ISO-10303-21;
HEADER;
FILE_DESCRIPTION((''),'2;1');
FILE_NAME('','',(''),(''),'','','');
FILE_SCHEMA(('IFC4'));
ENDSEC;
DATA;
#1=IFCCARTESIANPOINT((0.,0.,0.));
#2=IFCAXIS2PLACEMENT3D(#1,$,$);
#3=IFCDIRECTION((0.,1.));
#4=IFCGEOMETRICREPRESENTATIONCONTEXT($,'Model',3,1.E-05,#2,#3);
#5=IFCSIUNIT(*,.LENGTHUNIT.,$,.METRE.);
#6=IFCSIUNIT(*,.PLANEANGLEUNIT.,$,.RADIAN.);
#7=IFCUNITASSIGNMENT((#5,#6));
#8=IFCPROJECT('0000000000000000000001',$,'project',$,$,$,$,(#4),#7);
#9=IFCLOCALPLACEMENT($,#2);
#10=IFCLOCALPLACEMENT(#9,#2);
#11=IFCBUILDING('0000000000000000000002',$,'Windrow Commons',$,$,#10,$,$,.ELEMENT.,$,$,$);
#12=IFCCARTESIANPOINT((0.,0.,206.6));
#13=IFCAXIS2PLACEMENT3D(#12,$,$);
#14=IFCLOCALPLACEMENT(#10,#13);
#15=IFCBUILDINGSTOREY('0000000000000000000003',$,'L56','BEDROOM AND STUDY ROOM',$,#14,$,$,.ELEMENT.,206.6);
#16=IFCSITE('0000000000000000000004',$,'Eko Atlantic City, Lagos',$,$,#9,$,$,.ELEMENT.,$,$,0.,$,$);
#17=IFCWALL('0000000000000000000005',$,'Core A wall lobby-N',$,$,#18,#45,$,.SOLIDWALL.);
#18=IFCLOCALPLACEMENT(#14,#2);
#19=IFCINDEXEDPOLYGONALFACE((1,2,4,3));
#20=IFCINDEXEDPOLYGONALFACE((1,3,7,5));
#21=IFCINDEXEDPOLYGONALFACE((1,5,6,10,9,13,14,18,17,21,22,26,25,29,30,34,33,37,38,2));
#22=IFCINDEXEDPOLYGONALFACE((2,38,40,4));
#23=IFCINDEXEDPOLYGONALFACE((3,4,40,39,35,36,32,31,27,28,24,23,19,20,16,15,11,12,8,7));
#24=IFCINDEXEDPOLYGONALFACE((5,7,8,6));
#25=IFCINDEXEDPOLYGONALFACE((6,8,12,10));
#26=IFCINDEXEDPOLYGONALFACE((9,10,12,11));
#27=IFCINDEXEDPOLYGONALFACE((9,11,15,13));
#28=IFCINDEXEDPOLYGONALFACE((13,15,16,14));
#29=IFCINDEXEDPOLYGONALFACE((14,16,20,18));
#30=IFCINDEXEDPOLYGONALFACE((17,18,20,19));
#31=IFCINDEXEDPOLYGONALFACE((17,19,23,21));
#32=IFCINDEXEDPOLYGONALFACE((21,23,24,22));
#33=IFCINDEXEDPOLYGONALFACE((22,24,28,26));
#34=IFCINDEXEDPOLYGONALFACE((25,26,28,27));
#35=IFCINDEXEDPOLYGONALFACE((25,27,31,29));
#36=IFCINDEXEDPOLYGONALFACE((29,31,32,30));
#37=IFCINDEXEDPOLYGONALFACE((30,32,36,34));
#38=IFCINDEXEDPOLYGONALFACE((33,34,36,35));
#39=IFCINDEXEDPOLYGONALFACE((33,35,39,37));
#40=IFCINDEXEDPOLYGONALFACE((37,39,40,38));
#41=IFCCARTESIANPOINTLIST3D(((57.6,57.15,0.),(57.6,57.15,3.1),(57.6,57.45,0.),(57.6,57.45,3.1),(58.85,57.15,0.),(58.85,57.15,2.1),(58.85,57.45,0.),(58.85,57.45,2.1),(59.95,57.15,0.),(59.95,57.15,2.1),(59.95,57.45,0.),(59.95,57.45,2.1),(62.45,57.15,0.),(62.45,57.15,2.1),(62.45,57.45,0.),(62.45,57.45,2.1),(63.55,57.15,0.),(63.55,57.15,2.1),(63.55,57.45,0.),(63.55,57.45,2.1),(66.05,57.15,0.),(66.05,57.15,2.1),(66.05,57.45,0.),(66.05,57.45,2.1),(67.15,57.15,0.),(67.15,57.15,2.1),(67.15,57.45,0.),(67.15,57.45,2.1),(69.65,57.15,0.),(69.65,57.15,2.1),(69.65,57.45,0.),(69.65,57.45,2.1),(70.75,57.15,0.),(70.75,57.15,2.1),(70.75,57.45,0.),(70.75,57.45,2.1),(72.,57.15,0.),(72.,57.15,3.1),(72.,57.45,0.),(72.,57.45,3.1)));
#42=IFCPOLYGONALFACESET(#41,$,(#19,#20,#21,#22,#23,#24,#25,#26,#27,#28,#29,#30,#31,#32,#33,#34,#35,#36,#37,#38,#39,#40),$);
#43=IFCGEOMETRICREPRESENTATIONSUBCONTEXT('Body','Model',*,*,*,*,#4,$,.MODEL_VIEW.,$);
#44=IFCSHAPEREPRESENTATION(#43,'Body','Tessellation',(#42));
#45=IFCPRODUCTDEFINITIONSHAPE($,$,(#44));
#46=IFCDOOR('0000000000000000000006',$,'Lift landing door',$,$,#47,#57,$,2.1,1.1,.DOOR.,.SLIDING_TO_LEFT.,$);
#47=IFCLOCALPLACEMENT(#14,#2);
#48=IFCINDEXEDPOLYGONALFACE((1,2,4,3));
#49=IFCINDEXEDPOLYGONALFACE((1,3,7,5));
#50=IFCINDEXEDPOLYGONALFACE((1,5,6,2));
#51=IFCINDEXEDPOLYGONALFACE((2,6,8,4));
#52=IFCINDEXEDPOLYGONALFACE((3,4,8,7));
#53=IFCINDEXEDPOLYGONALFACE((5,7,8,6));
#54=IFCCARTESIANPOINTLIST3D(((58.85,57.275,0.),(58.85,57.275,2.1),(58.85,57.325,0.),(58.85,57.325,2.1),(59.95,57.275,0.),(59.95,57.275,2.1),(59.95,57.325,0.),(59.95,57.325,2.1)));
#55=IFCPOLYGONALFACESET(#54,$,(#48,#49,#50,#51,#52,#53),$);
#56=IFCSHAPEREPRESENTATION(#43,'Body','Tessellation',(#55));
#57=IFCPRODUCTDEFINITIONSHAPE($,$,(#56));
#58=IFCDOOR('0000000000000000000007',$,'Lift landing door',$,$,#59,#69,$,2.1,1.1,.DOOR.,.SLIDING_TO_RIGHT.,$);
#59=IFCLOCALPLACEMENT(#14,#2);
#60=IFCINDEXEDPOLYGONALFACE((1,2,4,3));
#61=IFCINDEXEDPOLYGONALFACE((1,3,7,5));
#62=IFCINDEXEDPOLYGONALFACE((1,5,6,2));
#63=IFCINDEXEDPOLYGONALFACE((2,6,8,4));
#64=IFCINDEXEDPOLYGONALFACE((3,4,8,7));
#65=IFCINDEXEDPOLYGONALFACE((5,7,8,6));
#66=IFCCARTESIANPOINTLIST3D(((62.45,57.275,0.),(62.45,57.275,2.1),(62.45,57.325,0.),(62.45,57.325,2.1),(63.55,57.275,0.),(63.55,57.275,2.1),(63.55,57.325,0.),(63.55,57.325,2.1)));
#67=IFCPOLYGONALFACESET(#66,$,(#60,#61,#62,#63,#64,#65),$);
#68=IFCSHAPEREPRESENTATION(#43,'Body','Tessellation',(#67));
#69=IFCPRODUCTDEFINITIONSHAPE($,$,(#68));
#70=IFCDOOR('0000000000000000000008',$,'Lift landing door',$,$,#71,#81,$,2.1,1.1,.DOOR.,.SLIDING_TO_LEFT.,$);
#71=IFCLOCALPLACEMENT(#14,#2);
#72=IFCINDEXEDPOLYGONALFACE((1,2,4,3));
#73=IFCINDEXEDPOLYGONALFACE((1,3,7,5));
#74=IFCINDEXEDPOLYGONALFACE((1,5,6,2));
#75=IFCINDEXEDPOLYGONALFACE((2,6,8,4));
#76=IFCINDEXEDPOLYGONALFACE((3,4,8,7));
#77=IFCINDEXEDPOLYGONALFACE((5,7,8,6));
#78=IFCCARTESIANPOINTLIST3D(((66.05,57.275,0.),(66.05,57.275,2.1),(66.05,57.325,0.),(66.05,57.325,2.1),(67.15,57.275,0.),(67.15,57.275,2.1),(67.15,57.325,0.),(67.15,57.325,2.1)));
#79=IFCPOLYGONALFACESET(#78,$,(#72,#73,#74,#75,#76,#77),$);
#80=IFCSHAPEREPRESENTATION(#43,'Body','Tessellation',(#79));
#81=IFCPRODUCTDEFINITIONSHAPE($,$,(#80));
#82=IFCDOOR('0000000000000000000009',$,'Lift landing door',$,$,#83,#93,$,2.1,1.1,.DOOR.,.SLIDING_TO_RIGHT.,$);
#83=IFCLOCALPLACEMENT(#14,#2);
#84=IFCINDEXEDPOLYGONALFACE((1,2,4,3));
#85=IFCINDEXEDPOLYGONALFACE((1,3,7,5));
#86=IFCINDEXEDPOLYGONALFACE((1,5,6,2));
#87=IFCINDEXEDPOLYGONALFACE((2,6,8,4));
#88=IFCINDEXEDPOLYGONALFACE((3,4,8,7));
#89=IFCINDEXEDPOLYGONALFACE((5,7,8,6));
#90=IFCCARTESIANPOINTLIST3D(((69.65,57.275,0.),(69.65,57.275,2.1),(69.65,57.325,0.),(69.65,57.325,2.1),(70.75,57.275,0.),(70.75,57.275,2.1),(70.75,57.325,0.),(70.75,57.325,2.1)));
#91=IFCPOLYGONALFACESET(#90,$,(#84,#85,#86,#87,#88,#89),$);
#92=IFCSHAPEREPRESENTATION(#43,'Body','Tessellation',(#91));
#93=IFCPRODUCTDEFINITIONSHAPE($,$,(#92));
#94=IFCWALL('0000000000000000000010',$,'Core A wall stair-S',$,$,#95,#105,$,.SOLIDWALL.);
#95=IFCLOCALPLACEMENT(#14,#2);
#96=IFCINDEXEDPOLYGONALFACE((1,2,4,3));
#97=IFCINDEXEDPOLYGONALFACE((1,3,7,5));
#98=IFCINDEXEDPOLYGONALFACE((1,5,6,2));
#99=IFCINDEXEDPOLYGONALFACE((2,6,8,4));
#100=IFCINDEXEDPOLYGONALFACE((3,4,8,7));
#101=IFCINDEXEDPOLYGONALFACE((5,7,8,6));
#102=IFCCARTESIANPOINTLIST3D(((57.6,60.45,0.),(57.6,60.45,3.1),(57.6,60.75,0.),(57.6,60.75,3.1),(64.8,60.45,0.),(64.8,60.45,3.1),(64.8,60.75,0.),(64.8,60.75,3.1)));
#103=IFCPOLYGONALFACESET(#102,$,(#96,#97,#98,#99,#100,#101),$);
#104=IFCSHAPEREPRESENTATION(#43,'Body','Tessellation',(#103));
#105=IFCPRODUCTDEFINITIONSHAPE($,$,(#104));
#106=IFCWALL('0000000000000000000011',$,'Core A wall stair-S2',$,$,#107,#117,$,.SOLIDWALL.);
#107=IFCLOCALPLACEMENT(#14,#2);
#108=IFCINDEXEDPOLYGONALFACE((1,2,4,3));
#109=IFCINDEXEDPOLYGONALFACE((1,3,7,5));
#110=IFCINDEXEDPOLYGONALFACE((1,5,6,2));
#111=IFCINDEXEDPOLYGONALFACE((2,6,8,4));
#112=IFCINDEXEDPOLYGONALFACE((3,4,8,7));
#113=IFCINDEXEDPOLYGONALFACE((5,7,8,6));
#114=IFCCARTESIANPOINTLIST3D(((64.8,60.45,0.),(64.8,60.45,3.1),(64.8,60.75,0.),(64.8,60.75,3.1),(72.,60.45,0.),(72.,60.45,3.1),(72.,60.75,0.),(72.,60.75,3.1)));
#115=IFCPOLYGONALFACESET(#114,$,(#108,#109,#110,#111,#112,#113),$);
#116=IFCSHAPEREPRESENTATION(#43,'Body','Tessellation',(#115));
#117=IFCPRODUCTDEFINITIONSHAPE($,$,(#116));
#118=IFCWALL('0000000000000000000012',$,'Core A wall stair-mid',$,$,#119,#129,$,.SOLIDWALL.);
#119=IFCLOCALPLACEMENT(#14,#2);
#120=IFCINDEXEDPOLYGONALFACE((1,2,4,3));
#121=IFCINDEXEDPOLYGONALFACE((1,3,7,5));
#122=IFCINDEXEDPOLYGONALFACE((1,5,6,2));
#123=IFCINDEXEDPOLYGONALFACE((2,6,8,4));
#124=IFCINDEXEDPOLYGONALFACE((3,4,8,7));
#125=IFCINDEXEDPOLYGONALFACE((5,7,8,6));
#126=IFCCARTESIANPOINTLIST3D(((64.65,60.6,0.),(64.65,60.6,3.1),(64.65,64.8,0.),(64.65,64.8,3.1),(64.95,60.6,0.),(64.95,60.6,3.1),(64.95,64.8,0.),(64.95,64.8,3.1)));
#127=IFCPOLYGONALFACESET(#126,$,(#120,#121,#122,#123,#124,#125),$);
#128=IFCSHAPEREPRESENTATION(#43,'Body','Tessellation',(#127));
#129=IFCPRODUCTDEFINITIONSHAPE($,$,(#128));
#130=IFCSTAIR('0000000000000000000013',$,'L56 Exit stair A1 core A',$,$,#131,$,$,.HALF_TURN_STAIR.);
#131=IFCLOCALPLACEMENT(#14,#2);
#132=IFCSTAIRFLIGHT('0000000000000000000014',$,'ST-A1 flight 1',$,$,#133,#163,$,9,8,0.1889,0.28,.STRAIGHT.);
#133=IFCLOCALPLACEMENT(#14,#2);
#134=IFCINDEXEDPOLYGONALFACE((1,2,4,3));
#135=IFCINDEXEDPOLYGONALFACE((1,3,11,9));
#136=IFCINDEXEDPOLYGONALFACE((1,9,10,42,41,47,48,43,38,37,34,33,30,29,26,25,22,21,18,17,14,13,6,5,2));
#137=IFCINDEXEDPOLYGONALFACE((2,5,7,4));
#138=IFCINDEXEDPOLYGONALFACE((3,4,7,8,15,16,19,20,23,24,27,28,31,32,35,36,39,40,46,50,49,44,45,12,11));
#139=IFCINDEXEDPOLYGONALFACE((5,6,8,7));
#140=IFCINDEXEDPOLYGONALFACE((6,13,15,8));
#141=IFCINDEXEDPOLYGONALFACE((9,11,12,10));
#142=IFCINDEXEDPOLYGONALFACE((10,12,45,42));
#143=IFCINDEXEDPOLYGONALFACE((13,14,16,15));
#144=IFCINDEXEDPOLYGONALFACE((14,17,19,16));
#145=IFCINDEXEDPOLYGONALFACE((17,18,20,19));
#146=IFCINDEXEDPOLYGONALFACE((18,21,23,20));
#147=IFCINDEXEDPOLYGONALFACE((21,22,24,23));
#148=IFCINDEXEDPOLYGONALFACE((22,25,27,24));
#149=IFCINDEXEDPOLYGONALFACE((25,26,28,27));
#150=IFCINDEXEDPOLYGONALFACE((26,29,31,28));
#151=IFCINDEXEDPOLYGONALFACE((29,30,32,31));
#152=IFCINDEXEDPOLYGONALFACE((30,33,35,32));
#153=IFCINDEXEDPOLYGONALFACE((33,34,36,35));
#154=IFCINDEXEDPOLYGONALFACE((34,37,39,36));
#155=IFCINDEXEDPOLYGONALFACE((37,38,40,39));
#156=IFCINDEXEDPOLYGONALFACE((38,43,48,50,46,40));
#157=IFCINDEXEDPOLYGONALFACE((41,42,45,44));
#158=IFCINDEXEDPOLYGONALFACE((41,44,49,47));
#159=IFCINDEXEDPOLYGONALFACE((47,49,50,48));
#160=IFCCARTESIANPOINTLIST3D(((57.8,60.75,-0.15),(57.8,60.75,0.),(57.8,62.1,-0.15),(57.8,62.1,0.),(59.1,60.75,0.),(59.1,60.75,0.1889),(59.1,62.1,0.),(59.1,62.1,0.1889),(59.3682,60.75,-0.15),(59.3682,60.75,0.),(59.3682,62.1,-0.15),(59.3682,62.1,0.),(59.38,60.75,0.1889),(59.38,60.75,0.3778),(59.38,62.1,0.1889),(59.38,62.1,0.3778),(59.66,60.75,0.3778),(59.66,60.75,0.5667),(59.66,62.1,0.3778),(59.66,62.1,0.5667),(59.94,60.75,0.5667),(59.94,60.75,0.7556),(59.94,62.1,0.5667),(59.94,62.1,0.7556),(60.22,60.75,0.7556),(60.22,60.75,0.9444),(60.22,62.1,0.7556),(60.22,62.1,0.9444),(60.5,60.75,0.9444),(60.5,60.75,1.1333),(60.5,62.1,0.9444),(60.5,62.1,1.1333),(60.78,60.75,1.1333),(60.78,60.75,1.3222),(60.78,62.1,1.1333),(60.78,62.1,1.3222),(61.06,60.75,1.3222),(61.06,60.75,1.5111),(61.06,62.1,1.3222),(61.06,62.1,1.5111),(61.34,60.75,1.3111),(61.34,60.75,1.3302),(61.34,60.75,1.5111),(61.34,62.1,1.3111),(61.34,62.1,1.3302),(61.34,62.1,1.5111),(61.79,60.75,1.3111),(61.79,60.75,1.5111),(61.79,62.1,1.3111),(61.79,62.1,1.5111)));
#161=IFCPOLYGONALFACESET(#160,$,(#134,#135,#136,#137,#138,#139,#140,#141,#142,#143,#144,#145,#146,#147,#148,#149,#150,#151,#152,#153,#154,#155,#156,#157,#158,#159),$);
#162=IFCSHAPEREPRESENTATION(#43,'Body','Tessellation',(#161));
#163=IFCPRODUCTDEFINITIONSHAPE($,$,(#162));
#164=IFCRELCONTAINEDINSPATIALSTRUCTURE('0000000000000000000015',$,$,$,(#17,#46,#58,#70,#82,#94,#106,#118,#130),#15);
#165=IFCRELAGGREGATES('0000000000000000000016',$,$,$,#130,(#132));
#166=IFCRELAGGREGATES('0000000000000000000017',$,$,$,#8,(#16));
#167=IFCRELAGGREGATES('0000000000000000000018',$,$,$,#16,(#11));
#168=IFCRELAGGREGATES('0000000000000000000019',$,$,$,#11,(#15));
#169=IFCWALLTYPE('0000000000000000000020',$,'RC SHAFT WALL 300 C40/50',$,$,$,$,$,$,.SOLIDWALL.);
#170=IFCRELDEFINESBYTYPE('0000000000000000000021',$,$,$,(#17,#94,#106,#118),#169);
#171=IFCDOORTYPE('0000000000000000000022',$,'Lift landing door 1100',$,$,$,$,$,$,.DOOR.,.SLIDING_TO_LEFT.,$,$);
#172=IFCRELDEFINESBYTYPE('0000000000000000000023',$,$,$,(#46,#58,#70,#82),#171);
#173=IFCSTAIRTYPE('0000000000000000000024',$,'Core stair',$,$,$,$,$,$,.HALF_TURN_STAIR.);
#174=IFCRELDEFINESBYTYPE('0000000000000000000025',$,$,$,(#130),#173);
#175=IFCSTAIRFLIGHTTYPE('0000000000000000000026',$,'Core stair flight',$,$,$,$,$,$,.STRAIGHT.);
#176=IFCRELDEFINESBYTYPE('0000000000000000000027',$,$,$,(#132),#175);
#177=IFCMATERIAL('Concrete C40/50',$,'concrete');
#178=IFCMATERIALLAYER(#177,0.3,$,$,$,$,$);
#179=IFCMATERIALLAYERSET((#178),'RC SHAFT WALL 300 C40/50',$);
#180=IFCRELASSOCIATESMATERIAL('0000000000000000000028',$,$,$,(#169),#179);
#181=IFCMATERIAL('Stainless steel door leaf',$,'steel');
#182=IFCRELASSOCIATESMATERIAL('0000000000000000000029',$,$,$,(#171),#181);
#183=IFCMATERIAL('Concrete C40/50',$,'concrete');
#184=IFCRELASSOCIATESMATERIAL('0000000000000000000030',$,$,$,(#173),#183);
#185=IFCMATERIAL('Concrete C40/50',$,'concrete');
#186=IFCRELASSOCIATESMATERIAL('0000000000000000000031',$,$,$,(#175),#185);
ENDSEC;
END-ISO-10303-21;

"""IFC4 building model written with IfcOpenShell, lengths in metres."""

from ifc_helpers import new_model, si_unit, direction, frame, frame_2d, origin, place, context, subcontext, project, spatial, polyline, rectangle, outline, extrude, material, layer, layer_set, type_object, element, fill, aggregate, save


model = new_model("IFC4")

# Units and contexts
model_context = context("Model", 3, precision=1e-05, world=origin(), true_north=direction((0.0, 1.0)))
body_context = subcontext(model_context, "Body", "Model", "MODEL_VIEW")
ifc_project = project(units=[si_unit("LENGTHUNIT", "METRE"), si_unit("PLANEANGLEUNIT", "RADIAN")], contexts=[model_context])

# Site, building, storey
site_placement = place(None, origin())
site = spatial("IfcSite", under=ifc_project, at=site_placement, Name="Eko Atlantic City, Lagos", CompositionType="ELEMENT", RefElevation=0.0)
building_placement = place(site_placement, origin())
building = spatial("IfcBuilding", under=site, at=building_placement, Name="Windrow Commons", CompositionType="ELEMENT")
storey_placement = place(building_placement, frame((0.0, 0.0, 206.6)))
storey = spatial("IfcBuildingStorey", under=building, at=storey_placement, Name="L56", Description="BEDROOM AND STUDY ROOM", CompositionType="ELEMENT", Elevation=206.6)

# Shared definitions
ifc_material_1 = material(Name="Concrete C40/50", Category="concrete")
ifc_layer_1 = layer(ifc_material_1, 0.3)
ifc_layer_set_1 = layer_set([ifc_layer_1], Name="RC SHAFT WALL 300 C40/50")
wall_type_1 = type_object("IfcWallType", Name="RC SHAFT WALL 300 C40/50", PredefinedType="SOLIDWALL", material=ifc_layer_set_1)

# Wall, openings, doors
ifc_material_2 = material(Name="Stainless steel door leaf", Category="steel")
door_type_1 = type_object("IfcDoorType", Name="Lift landing door 1100", OperationType="SLIDING_TO_LEFT", PredefinedType="DOOR", material=ifc_material_2)
wall_1_placement = place(storey_placement, frame((57.6, 57.3, 0.0), z_axis=(0.0, 0.0, 1.0), x_axis=(1.0, 0.0, 0.0)))
wall_1 = element("IfcWall", 1, at=wall_1_placement, inside=storey, type_object=wall_type_1, Name="Core A wall lobby-N", PredefinedType="SOLIDWALL", context=body_context, shape_type="SweptSolid", body=[
    extrude(rectangle(XDim=14.4, YDim=0.3, at=frame_2d((7.2, 0.0))), origin(), (0.0, 0.0, 1.0), 3.1),
])
opening_1_placement = place(wall_1_placement, frame((1.25, 0.0, 0.0)))
opening_1 = element("IfcOpeningElement", 2, at=opening_1_placement, cuts=wall_1, PredefinedType="OPENING", context=body_context, shape_type="SweptSolid", body=[
    extrude(rectangle(XDim=1.1, YDim=2.1, at=frame_2d((0.55, 1.05))), frame((0.0, 0.16, 0.0), z_axis=(0.0, -1.0, 0.0), x_axis=(1.0, 0.0, 0.0)), (0.0, 0.0, 1.0), 0.32),
])
opening_2_placement = place(wall_1_placement, frame((4.85, 0.0, 0.0)))
opening_2 = element("IfcOpeningElement", 3, at=opening_2_placement, cuts=wall_1, PredefinedType="OPENING", context=body_context, shape_type="SweptSolid", body=[
    extrude(rectangle(XDim=1.1, YDim=2.1, at=frame_2d((0.55, 1.05))), frame((0.0, 0.16, 0.0), z_axis=(0.0, -1.0, 0.0), x_axis=(1.0, 0.0, 0.0)), (0.0, 0.0, 1.0), 0.32),
])
opening_3_placement = place(wall_1_placement, frame((8.45, 0.0, 0.0)))
opening_3 = element("IfcOpeningElement", 4, at=opening_3_placement, cuts=wall_1, PredefinedType="OPENING", context=body_context, shape_type="SweptSolid", body=[
    extrude(rectangle(XDim=1.1, YDim=2.1, at=frame_2d((0.55, 1.05))), frame((0.0, 0.16, 0.0), z_axis=(0.0, -1.0, 0.0), x_axis=(1.0, 0.0, 0.0)), (0.0, 0.0, 1.0), 0.32),
])
opening_4_placement = place(wall_1_placement, frame((12.05, 0.0, 0.0)))
opening_4 = element("IfcOpeningElement", 5, at=opening_4_placement, cuts=wall_1, PredefinedType="OPENING", context=body_context, shape_type="SweptSolid", body=[
    extrude(rectangle(XDim=1.1, YDim=2.1, at=frame_2d((0.55, 1.05))), frame((0.0, 0.16, 0.0), z_axis=(0.0, -1.0, 0.0), x_axis=(1.0, 0.0, 0.0)), (0.0, 0.0, 1.0), 0.32),
])
door_1_placement = place(opening_1_placement, origin())
door_1 = element("IfcDoor", 6, at=door_1_placement, inside=storey, type_object=door_type_1, Name="Lift landing door", OperationType="SLIDING_TO_LEFT", OverallHeight=2.1, OverallWidth=1.1, PredefinedType="DOOR", context=body_context, shape_type="SweptSolid", body=[
    extrude(rectangle(XDim=1.1, YDim=2.1, at=frame_2d((0.55, 1.05))), frame((0.0, 0.025, 0.0), z_axis=(0.0, -1.0, 0.0), x_axis=(1.0, 0.0, 0.0)), (0.0, 0.0, 1.0), 0.05),
])
fill(opening_1, door_1)
door_2_placement = place(opening_2_placement, origin())
door_2 = element("IfcDoor", 7, at=door_2_placement, inside=storey, type_object=door_type_1, Name="Lift landing door", OperationType="SLIDING_TO_RIGHT", OverallHeight=2.1, OverallWidth=1.1, PredefinedType="DOOR", context=body_context, shape_type="SweptSolid", body=[
    extrude(rectangle(XDim=1.1, YDim=2.1, at=frame_2d((0.55, 1.05))), frame((0.0, 0.025, 0.0), z_axis=(0.0, -1.0, 0.0), x_axis=(1.0, 0.0, 0.0)), (0.0, 0.0, 1.0), 0.05),
])
fill(opening_2, door_2)
door_3_placement = place(opening_3_placement, origin())
door_3 = element("IfcDoor", 8, at=door_3_placement, inside=storey, type_object=door_type_1, Name="Lift landing door", OperationType="SLIDING_TO_LEFT", OverallHeight=2.1, OverallWidth=1.1, PredefinedType="DOOR", context=body_context, shape_type="SweptSolid", body=[
    extrude(rectangle(XDim=1.1, YDim=2.1, at=frame_2d((0.55, 1.05))), frame((0.0, 0.025, 0.0), z_axis=(0.0, -1.0, 0.0), x_axis=(1.0, 0.0, 0.0)), (0.0, 0.0, 1.0), 0.05),
])
fill(opening_3, door_3)
door_4_placement = place(opening_4_placement, origin())
door_4 = element("IfcDoor", 9, at=door_4_placement, inside=storey, type_object=door_type_1, Name="Lift landing door", OperationType="SLIDING_TO_RIGHT", OverallHeight=2.1, OverallWidth=1.1, PredefinedType="DOOR", context=body_context, shape_type="SweptSolid", body=[
    extrude(rectangle(XDim=1.1, YDim=2.1, at=frame_2d((0.55, 1.05))), frame((0.0, 0.025, 0.0), z_axis=(0.0, -1.0, 0.0), x_axis=(1.0, 0.0, 0.0)), (0.0, 0.0, 1.0), 0.05),
])
fill(opening_4, door_4)

# Walls
for number, where, z_axis, x_axis, name in (
    (10, (57.6, 60.6, 0.0), (0.0, 0.0, 1.0), (1.0, 0.0, 0.0), "Core A wall stair-S"),
    (11, (64.8, 60.6, 0.0), (0.0, 0.0, 1.0), (1.0, 0.0, 0.0), "Core A wall stair-S2"),
):
    element("IfcWall", number, at=place(storey_placement, frame(where, z_axis=z_axis, x_axis=x_axis)), inside=storey, type_object=wall_type_1, Name=name, PredefinedType="SOLIDWALL", context=body_context, shape_type="SweptSolid", body=[
        extrude(rectangle(XDim=7.2, YDim=0.3, at=frame_2d((3.6, 0.0))), origin(), (0.0, 0.0, 1.0), 3.1),
    ])
wall_2_placement = place(storey_placement, frame((64.8, 60.6, 0.0), z_axis=(0.0, 0.0, 1.0), x_axis=(0.0, 1.0, 0.0)))
element("IfcWall", 12, at=wall_2_placement, inside=storey, type_object=wall_type_1, Name="Core A wall stair-mid", PredefinedType="SOLIDWALL", context=body_context, shape_type="SweptSolid", body=[
    extrude(rectangle(XDim=4.2, YDim=0.3, at=frame_2d((2.1, 0.0))), origin(), (0.0, 0.0, 1.0), 3.1),
])

# Stair, stair flight
ifc_material_3 = material(Name="Concrete C40/50", Category="concrete")
stair_type = type_object("IfcStairType", Name="Core stair", PredefinedType="HALF_TURN_STAIR", material=ifc_material_3)
stair_placement = place(storey_placement, origin())
stair = element("IfcStair", 13, at=stair_placement, inside=storey, type_object=stair_type, Name="L56 Exit stair A1 core A", PredefinedType="HALF_TURN_STAIR")
ifc_material_4 = material(Name="Concrete C40/50", Category="concrete")
stair_flight_type = type_object("IfcStairFlightType", Name="Core stair flight", PredefinedType="STRAIGHT", material=ifc_material_4)
stair_flight_placement = place(storey_placement, frame((59.1, 61.425, 0.0), z_axis=(0.0, 0.0, 1.0), x_axis=(1.0, 0.0, 0.0)))
stair_flight = element("IfcStairFlight", 14, at=stair_flight_placement, type_object=stair_flight_type, Name="ST-A1 flight 1", NumberOfRisers=9, NumberOfTreads=8, PredefinedType="STRAIGHT", RiserHeight=0.1889, TreadLength=0.28, context=body_context, shape_type="SweptSolid", body=[
    extrude(outline(polyline([(-1.3, -0.15), (-1.3, 0.0), (0.0, 0.0), (0.0, 0.1889), (0.28, 0.1889), (0.28, 0.3778), (0.56, 0.3778), (0.56, 0.5667), (0.84, 0.5667), (0.84, 0.7556), (1.12, 0.7556), (1.12, 0.9444), (1.4, 0.9444), (1.4, 1.1333), (1.68, 1.1333), (1.68, 1.3222), (1.96, 1.3222), (1.96, 1.5111), (2.24, 1.5111), (2.69, 1.5111), (2.69, 1.3111), (2.24, 1.3111), (2.24, 1.3302), (0.2682, 0.0), (0.2682, -0.15), (-1.3, -0.15)])), frame((0.0, 0.675, 0.0), z_axis=(0.0, -1.0, 0.0), x_axis=(1.0, 0.0, 0.0)), (0.0, 0.0, 1.0), 1.35),
])
aggregate(stair, [stair_flight])

save(model, "model.ifc")
